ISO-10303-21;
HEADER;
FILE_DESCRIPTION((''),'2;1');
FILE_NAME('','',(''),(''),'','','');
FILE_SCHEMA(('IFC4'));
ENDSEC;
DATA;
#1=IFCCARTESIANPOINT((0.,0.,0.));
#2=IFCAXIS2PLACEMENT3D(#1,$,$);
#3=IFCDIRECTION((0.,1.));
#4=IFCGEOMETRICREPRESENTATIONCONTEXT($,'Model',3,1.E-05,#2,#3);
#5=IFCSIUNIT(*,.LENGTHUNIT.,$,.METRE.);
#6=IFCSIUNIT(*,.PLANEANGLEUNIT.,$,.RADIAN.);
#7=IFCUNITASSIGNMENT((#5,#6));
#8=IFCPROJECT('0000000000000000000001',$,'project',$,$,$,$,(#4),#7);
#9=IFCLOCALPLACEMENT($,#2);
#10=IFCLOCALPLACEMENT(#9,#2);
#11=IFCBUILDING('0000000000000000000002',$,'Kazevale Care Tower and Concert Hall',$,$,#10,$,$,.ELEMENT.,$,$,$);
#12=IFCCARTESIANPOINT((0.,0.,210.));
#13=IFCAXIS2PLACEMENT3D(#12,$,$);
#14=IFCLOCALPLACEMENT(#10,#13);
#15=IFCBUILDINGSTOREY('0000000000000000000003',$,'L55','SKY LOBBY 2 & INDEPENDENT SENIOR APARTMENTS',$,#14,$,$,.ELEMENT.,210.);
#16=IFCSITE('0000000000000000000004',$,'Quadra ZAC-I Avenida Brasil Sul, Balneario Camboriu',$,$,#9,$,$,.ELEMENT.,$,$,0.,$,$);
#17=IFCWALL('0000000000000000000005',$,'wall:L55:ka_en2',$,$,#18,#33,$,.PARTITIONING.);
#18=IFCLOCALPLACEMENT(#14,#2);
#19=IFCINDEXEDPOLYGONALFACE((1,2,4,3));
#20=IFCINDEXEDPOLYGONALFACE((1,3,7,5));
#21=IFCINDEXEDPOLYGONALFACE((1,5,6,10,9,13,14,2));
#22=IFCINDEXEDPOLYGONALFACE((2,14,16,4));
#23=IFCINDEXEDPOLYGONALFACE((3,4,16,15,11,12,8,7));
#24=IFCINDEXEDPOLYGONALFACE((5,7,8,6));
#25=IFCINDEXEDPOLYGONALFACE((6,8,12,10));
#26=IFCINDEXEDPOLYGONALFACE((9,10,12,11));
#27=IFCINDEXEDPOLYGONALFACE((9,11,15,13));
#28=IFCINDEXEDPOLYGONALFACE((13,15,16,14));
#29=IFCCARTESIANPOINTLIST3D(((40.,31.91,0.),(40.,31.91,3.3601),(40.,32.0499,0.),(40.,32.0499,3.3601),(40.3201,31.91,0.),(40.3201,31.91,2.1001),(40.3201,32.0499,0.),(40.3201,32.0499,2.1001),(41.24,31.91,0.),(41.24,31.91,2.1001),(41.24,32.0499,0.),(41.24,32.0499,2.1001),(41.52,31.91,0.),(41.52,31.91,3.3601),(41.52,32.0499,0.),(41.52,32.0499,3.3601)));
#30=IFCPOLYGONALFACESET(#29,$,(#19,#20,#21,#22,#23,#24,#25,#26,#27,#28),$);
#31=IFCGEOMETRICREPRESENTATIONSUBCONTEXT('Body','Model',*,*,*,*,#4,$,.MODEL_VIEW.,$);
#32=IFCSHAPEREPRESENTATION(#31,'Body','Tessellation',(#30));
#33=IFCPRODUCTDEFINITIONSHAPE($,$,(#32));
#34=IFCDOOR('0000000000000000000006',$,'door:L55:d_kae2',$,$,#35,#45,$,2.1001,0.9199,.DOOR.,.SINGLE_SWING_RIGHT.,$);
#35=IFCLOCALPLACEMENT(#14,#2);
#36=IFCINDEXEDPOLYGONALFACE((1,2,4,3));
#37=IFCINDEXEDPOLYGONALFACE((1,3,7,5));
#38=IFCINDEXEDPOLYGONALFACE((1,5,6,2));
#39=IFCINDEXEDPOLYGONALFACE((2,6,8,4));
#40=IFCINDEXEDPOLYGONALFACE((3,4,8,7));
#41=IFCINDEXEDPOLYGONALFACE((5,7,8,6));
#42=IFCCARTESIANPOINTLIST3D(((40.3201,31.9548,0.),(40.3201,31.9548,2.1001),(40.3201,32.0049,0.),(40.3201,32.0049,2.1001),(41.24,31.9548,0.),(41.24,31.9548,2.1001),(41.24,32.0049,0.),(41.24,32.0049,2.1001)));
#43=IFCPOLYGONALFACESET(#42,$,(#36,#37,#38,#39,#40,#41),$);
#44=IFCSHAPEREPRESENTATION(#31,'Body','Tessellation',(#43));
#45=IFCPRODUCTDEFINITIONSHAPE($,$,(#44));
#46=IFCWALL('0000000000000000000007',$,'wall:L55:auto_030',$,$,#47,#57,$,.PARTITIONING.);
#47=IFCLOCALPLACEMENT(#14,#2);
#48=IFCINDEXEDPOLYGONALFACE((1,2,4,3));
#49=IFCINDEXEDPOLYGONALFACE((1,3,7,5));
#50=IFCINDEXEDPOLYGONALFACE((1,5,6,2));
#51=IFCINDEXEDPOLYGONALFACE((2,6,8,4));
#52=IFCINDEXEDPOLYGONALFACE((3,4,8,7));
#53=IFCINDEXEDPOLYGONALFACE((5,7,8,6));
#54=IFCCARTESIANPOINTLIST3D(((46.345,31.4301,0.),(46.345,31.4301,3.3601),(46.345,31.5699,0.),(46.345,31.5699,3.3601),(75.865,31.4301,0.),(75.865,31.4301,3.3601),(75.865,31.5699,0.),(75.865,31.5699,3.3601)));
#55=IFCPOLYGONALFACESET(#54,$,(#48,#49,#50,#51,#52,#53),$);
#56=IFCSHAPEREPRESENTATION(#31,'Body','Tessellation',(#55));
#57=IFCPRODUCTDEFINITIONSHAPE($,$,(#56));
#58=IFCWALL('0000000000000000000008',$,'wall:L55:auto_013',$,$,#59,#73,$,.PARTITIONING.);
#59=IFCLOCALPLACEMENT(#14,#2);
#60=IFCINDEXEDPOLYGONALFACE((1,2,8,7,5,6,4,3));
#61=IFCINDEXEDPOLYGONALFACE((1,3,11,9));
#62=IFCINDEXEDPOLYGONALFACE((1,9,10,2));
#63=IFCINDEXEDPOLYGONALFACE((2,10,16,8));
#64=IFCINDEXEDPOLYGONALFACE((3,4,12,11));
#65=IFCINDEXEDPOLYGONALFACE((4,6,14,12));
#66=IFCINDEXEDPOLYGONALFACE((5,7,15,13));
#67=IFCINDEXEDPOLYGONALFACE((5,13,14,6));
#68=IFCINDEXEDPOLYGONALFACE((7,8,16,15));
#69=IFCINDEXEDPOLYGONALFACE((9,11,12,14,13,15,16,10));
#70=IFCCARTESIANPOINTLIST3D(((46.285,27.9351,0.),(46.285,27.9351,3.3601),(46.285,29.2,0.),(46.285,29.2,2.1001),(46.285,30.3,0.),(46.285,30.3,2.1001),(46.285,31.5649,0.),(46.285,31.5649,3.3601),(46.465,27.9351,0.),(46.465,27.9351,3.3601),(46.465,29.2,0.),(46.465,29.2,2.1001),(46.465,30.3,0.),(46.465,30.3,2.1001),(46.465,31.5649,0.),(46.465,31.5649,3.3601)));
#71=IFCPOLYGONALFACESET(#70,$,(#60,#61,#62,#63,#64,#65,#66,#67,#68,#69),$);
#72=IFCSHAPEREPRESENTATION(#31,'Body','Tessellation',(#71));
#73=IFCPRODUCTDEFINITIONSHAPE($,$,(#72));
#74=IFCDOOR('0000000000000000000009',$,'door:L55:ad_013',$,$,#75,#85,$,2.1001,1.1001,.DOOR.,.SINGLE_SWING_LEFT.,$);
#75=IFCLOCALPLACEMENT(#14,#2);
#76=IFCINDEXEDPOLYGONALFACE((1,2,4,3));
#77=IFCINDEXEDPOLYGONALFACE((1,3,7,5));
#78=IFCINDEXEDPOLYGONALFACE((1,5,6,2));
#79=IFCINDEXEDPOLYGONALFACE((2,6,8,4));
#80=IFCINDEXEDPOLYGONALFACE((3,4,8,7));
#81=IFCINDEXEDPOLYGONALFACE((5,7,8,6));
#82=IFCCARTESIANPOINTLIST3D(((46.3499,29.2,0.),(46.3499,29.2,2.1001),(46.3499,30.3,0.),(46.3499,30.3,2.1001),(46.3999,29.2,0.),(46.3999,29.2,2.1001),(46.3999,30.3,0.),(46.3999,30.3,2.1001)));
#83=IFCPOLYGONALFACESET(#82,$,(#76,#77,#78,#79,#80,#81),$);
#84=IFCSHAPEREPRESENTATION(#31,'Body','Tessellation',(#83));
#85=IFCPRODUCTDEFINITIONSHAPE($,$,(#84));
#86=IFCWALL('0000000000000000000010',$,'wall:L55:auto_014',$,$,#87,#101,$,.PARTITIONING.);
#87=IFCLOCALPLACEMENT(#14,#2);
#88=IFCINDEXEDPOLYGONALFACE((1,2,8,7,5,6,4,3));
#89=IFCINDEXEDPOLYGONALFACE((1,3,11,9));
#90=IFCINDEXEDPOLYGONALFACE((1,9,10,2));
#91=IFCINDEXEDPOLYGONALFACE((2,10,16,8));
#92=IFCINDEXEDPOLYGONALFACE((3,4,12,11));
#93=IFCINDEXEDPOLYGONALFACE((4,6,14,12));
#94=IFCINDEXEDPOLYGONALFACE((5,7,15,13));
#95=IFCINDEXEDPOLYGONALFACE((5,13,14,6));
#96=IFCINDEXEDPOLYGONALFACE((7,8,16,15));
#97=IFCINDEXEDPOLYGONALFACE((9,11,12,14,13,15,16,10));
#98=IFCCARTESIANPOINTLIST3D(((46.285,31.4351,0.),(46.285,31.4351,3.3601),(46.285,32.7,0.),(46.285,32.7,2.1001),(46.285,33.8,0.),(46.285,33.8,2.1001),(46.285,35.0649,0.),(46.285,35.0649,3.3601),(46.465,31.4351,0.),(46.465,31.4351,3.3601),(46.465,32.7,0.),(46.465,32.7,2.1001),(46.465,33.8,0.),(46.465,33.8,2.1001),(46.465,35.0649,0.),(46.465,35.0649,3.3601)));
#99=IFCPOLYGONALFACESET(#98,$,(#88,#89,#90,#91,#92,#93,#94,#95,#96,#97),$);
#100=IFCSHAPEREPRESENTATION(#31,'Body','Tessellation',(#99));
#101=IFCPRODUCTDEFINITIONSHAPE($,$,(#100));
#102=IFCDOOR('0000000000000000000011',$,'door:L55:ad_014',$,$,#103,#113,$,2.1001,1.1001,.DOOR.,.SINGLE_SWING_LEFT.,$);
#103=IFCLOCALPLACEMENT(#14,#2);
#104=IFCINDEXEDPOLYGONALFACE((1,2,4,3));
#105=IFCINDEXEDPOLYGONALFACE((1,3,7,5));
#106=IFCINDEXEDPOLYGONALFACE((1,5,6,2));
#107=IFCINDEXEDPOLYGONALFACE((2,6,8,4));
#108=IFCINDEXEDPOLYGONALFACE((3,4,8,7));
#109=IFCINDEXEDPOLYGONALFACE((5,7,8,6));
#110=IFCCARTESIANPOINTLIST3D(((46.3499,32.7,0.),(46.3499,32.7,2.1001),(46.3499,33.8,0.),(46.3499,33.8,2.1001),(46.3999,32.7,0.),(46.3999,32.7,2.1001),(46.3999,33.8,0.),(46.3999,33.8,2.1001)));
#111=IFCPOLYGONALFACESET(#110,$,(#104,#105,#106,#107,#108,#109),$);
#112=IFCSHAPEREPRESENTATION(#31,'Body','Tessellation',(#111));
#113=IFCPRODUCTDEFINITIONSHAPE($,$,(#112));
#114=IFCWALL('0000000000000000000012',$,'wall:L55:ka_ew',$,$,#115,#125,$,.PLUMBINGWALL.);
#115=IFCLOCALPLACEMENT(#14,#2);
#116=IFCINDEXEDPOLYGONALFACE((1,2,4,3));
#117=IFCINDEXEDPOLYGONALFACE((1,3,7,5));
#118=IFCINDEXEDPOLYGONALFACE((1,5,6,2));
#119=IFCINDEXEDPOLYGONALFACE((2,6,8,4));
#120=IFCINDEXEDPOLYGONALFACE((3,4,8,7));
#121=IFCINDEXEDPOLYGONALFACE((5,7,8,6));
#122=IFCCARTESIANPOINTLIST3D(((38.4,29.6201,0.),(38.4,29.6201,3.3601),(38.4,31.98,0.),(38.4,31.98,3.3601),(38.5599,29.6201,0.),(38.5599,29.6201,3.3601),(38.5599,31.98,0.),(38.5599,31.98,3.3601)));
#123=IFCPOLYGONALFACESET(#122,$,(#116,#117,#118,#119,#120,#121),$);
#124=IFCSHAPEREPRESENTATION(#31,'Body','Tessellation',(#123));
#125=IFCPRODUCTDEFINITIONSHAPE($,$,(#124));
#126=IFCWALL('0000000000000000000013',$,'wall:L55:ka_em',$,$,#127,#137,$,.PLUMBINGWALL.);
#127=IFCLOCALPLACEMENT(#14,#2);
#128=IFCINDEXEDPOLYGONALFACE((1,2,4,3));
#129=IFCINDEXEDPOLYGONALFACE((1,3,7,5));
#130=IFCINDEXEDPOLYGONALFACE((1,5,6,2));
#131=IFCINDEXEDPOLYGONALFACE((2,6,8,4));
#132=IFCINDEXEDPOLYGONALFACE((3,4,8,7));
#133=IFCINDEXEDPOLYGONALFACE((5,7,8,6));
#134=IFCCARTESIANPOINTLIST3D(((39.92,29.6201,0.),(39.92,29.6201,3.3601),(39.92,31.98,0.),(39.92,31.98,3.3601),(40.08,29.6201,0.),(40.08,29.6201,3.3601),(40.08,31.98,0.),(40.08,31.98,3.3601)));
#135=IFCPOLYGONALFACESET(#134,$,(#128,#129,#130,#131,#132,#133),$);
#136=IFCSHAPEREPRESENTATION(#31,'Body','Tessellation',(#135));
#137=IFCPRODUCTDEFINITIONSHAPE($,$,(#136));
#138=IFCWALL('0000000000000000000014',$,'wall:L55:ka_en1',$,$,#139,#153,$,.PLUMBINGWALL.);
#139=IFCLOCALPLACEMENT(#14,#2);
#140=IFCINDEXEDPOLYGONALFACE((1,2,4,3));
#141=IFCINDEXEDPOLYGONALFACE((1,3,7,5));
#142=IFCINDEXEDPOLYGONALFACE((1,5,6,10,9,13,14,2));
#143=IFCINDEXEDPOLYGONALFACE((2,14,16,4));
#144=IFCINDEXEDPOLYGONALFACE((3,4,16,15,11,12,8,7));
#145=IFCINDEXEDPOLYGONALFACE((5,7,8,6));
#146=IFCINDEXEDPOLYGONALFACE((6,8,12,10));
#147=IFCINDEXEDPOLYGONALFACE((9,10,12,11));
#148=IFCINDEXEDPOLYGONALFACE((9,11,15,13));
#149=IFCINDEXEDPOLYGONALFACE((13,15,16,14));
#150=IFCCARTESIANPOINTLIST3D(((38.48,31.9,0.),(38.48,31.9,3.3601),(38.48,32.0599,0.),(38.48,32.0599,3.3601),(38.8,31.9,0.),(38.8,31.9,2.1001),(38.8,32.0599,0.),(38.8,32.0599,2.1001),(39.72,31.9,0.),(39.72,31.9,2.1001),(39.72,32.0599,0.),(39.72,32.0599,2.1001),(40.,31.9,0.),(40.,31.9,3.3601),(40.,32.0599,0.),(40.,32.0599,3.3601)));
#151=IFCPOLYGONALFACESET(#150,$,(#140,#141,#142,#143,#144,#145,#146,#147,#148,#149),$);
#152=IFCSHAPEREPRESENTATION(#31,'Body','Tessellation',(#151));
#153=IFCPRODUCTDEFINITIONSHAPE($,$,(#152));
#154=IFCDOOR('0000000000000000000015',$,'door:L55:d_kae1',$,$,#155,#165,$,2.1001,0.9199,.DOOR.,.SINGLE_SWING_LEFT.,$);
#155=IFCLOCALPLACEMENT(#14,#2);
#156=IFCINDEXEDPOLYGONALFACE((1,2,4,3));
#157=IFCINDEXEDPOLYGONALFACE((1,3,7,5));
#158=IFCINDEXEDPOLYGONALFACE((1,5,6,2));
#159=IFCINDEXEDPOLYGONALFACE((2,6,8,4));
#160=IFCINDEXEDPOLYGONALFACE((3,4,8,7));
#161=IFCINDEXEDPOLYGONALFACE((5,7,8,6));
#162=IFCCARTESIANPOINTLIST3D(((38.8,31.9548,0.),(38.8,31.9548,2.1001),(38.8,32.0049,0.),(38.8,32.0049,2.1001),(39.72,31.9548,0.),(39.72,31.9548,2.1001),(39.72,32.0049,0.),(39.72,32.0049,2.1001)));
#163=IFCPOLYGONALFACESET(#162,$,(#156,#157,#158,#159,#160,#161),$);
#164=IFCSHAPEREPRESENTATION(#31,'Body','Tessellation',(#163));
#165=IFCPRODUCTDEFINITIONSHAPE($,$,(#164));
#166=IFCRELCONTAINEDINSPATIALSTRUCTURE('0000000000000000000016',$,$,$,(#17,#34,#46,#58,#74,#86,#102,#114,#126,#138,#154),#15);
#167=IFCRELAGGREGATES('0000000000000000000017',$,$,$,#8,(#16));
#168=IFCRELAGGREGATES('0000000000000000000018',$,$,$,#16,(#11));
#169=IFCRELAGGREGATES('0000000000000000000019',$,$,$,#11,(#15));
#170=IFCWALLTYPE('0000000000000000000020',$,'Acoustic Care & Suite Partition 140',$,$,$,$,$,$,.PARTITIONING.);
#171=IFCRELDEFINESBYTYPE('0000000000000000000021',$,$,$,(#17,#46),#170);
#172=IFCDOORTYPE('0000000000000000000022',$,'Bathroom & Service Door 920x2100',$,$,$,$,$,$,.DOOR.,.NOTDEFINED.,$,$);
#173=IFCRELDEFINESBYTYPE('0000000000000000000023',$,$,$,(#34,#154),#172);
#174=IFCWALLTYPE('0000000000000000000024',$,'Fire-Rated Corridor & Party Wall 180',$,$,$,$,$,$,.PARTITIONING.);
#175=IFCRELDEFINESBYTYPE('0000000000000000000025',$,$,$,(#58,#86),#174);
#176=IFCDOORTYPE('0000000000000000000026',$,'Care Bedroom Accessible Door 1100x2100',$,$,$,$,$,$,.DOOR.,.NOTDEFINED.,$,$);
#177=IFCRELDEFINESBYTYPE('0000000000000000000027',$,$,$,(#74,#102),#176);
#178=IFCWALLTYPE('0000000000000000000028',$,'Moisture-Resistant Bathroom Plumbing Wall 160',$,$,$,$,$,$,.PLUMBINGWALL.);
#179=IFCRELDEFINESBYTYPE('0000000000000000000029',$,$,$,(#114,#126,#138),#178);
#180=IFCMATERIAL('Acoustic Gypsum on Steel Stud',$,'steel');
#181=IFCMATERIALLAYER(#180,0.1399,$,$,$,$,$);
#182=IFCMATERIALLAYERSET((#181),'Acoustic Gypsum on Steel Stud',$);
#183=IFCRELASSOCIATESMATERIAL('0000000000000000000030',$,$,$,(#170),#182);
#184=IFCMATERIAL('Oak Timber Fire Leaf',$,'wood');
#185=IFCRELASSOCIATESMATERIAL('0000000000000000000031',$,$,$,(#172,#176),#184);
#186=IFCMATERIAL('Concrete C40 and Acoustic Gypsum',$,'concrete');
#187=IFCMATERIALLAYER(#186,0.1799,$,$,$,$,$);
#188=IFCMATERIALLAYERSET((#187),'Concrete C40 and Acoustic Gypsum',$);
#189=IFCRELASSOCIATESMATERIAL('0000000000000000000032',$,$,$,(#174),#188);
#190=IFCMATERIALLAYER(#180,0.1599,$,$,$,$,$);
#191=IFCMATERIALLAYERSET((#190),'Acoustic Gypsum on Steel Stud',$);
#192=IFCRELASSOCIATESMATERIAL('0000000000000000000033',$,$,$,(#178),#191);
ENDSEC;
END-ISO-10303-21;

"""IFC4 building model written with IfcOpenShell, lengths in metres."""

from ifc_helpers import new_model, si_unit, direction, frame, frame_2d, origin, place, context, subcontext, project, spatial, rectangle, extrude, material, layer, layer_set, type_object, element, fill, save


model = new_model("IFC4")

# Units and contexts
model_context = context("Model", 3, precision=1e-05, world=origin(), true_north=direction((0.0, 1.0)))
body_context = subcontext(model_context, "Body", "Model", "MODEL_VIEW")
ifc_project = project(units=[si_unit("LENGTHUNIT", "METRE"), si_unit("PLANEANGLEUNIT", "RADIAN")], contexts=[model_context])

# Site, building, storey
site_placement = place(None, origin())
site = spatial("IfcSite", under=ifc_project, at=site_placement, Name="Quadra ZAC-I Avenida Brasil Sul, Balneario Camboriu", CompositionType="ELEMENT", RefElevation=0.0)
building_placement = place(site_placement, origin())
building = spatial("IfcBuilding", under=site, at=building_placement, Name="Kazevale Care Tower and Concert Hall", CompositionType="ELEMENT")
storey_placement = place(building_placement, frame((0.0, 0.0, 210.0)))
storey = spatial("IfcBuildingStorey", under=building, at=storey_placement, Name="L55", Description="SKY LOBBY 2 & INDEPENDENT SENIOR APARTMENTS", CompositionType="ELEMENT", Elevation=210.0)

# Shared definitions
ifc_material_1 = material(Name="Acoustic Gypsum on Steel Stud", Category="steel")
ifc_layer_1 = layer(ifc_material_1, 0.1399)
ifc_layer_set_1 = layer_set([ifc_layer_1], Name="Acoustic Gypsum on Steel Stud")
wall_type_1 = type_object("IfcWallType", Name="Acoustic Care & Suite Partition 140", PredefinedType="PARTITIONING", material=ifc_layer_set_1)
ifc_material_2 = material(Name="Oak Timber Fire Leaf", Category="wood")
door_type_1 = type_object("IfcDoorType", Name="Bathroom & Service Door 920x2100", OperationType="NOTDEFINED", PredefinedType="DOOR", material=ifc_material_2)

# Wall, opening, door
wall_1_placement = place(storey_placement, frame((40.0, 31.98, 0.0), z_axis=(0.0, 0.0, 1.0), x_axis=(1.0, 0.0, 0.0)))
wall_1 = element("IfcWall", 1, at=wall_1_placement, inside=storey, type_object=wall_type_1, Name="wall:L55:ka_en2", PredefinedType="PARTITIONING", context=body_context, shape_type="SweptSolid", body=[
    extrude(rectangle(XDim=1.52, YDim=0.1399, at=frame_2d((0.76, 0.0))), origin(), (0.0, 0.0, 1.0), 3.3601),
])
opening_1_placement = place(wall_1_placement, frame((0.3201, 0.0, 0.0)))
opening_1 = element("IfcOpeningElement", 2, at=opening_1_placement, cuts=wall_1, PredefinedType="OPENING", context=body_context, shape_type="SweptSolid", body=[
    extrude(rectangle(XDim=0.9199, YDim=2.1001, at=frame_2d((0.46, 1.05))), frame((0.0, 0.0798, 0.0), z_axis=(0.0, -1.0, 0.0), x_axis=(1.0, 0.0, 0.0)), (0.0, 0.0, 1.0), 0.1599),
])
door_1_placement = place(opening_1_placement, origin())
door_1 = element("IfcDoor", 3, at=door_1_placement, inside=storey, type_object=door_type_1, Name="door:L55:d_kae2", OperationType="SINGLE_SWING_RIGHT", OverallHeight=2.1001, OverallWidth=0.9199, PredefinedType="DOOR", context=body_context, shape_type="SweptSolid", body=[
    extrude(rectangle(XDim=0.9199, YDim=2.1001, at=frame_2d((0.46, 1.05))), frame((0.0, 0.0249, 0.0), z_axis=(0.0, -1.0, 0.0), x_axis=(1.0, 0.0, 0.0)), (0.0, 0.0, 1.0), 0.05),
])
fill(opening_1, door_1)

# Wall
wall_2_placement = place(storey_placement, frame((46.345, 31.5, 0.0), z_axis=(0.0, 0.0, 1.0), x_axis=(1.0, 0.0, 0.0)))
element("IfcWall", 4, at=wall_2_placement, inside=storey, type_object=wall_type_1, Name="wall:L55:auto_030", PredefinedType="PARTITIONING", context=body_context, shape_type="SweptSolid", body=[
    extrude(rectangle(XDim=29.52, YDim=0.1399, at=frame_2d((14.76, 0.0))), origin(), (0.0, 0.0, 1.0), 3.3601),
])

# Walls, openings, doors
ifc_material_3 = material(Name="Concrete C40 and Acoustic Gypsum", Category="concrete")
ifc_layer_2 = layer(ifc_material_3, 0.1799)
ifc_layer_set_2 = layer_set([ifc_layer_2], Name="Concrete C40 and Acoustic Gypsum")
wall_type_2 = type_object("IfcWallType", Name="Fire-Rated Corridor & Party Wall 180", PredefinedType="PARTITIONING", material=ifc_layer_set_2)
wall_3_placement = place(storey_placement, frame((46.375, 31.5649, 0.0), z_axis=(0.0, 0.0, 1.0), x_axis=(0.0, -1.0, 0.0)))
wall_3 = element("IfcWall", 5, at=wall_3_placement, inside=storey, type_object=wall_type_2, Name="wall:L55:auto_013", PredefinedType="PARTITIONING", context=body_context, shape_type="SweptSolid", body=[
    extrude(rectangle(XDim=3.6299, YDim=0.1799, at=frame_2d((1.8149, 0.0))), origin(), (0.0, 0.0, 1.0), 3.3601),
])
opening_2_placement = place(wall_3_placement, frame((1.2649, 0.0, 0.0)))
opening_2 = element("IfcOpeningElement", 6, at=opening_2_placement, cuts=wall_3, PredefinedType="OPENING", context=body_context, shape_type="SweptSolid", body=[
    extrude(rectangle(XDim=1.1001, YDim=2.1001, at=frame_2d((0.55, 1.05))), frame((0.0, 0.0999, 0.0), z_axis=(0.0, -1.0, 0.0), x_axis=(1.0, 0.0, 0.0)), (0.0, 0.0, 1.0), 0.2),
])
door_type_2 = type_object("IfcDoorType", Name="Care Bedroom Accessible Door 1100x2100", OperationType="NOTDEFINED", PredefinedType="DOOR", material=ifc_material_2)
door_2_placement = place(opening_2_placement, origin())
door_2 = element("IfcDoor", 7, at=door_2_placement, inside=storey, type_object=door_type_2, Name="door:L55:ad_013", OperationType="SINGLE_SWING_LEFT", OverallHeight=2.1001, OverallWidth=1.1001, PredefinedType="DOOR", context=body_context, shape_type="SweptSolid", body=[
    extrude(rectangle(XDim=1.1001, YDim=2.1001, at=frame_2d((0.55, 1.05))), frame((0.0, 0.0249, 0.0), z_axis=(0.0, -1.0, 0.0), x_axis=(1.0, 0.0, 0.0)), (0.0, 0.0, 1.0), 0.05),
])
fill(opening_2, door_2)
wall_4_placement = place(storey_placement, frame((46.375, 35.0649, 0.0), z_axis=(0.0, 0.0, 1.0), x_axis=(0.0, -1.0, 0.0)))
wall_4 = element("IfcWall", 8, at=wall_4_placement, inside=storey, type_object=wall_type_2, Name="wall:L55:auto_014", PredefinedType="PARTITIONING", context=body_context, shape_type="SweptSolid", body=[
    extrude(rectangle(XDim=3.6299, YDim=0.1799, at=frame_2d((1.8149, 0.0))), origin(), (0.0, 0.0, 1.0), 3.3601),
])
opening_3_placement = place(wall_4_placement, frame((1.2649, 0.0, 0.0)))
opening_3 = element("IfcOpeningElement", 9, at=opening_3_placement, cuts=wall_4, PredefinedType="OPENING", context=body_context, shape_type="SweptSolid", body=[
    extrude(rectangle(XDim=1.1001, YDim=2.1001, at=frame_2d((0.55, 1.05))), frame((0.0, 0.0999, 0.0), z_axis=(0.0, -1.0, 0.0), x_axis=(1.0, 0.0, 0.0)), (0.0, 0.0, 1.0), 0.2),
])
door_3_placement = place(opening_3_placement, origin())
door_3 = element("IfcDoor", 10, at=door_3_placement, inside=storey, type_object=door_type_2, Name="door:L55:ad_014", OperationType="SINGLE_SWING_LEFT", OverallHeight=2.1001, OverallWidth=1.1001, PredefinedType="DOOR", context=body_context, shape_type="SweptSolid", body=[
    extrude(rectangle(XDim=1.1001, YDim=2.1001, at=frame_2d((0.55, 1.05))), frame((0.0, 0.0249, 0.0), z_axis=(0.0, -1.0, 0.0), x_axis=(1.0, 0.0, 0.0)), (0.0, 0.0, 1.0), 0.05),
])
fill(opening_3, door_3)

# Walls
ifc_layer_3 = layer(ifc_material_1, 0.1599)
ifc_layer_set_3 = layer_set([ifc_layer_3], Name="Acoustic Gypsum on Steel Stud")
wall_type_3 = type_object("IfcWallType", Name="Moisture-Resistant Bathroom Plumbing Wall 160", PredefinedType="PLUMBINGWALL", material=ifc_layer_set_3)
for number, where, z_axis, x_axis, name in (
    (11, (38.48, 29.6201, 0.0), (0.0, 0.0, 1.0), (0.0, 1.0, 0.0), "wall:L55:ka_ew"),
    (12, (40.0, 29.6201, 0.0), (0.0, 0.0, 1.0), (0.0, 1.0, 0.0), "wall:L55:ka_em"),
):
    element("IfcWall", number, at=place(storey_placement, frame(where, z_axis=z_axis, x_axis=x_axis)), inside=storey, type_object=wall_type_3, Name=name, PredefinedType="PLUMBINGWALL", context=body_context, shape_type="SweptSolid", body=[
        extrude(rectangle(XDim=2.3599, YDim=0.1599, at=frame_2d((1.1799, 0.0))), origin(), (0.0, 0.0, 1.0), 3.3601),
    ])

# Wall, opening, door
wall_5_placement = place(storey_placement, frame((38.48, 31.98, 0.0), z_axis=(0.0, 0.0, 1.0), x_axis=(1.0, 0.0, 0.0)))
wall_5 = element("IfcWall", 13, at=wall_5_placement, inside=storey, type_object=wall_type_3, Name="wall:L55:ka_en1", PredefinedType="PLUMBINGWALL", context=body_context, shape_type="SweptSolid", body=[
    extrude(rectangle(XDim=1.52, YDim=0.1599, at=frame_2d((0.76, 0.0))), origin(), (0.0, 0.0, 1.0), 3.3601),
])
opening_4_placement = place(wall_5_placement, frame((0.3201, 0.0, 0.0)))
opening_4 = element("IfcOpeningElement", 14, at=opening_4_placement, cuts=wall_5, PredefinedType="OPENING", context=body_context, shape_type="SweptSolid", body=[
    extrude(rectangle(XDim=0.9199, YDim=2.1001, at=frame_2d((0.46, 1.05))), frame((0.0, 0.0898, 0.0), z_axis=(0.0, -1.0, 0.0), x_axis=(1.0, 0.0, 0.0)), (0.0, 0.0, 1.0), 0.1799),
])
door_4_placement = place(opening_4_placement, origin())
door_4 = element("IfcDoor", 15, at=door_4_placement, inside=storey, type_object=door_type_1, Name="door:L55:d_kae1", OperationType="SINGLE_SWING_LEFT", OverallHeight=2.1001, OverallWidth=0.9199, PredefinedType="DOOR", context=body_context, shape_type="SweptSolid", body=[
    extrude(rectangle(XDim=0.9199, YDim=2.1001, at=frame_2d((0.46, 1.05))), frame((0.0, 0.0249, 0.0), z_axis=(0.0, -1.0, 0.0), x_axis=(1.0, 0.0, 0.0)), (0.0, 0.0, 1.0), 0.05),
])
fill(opening_4, door_4)

save(model, "model.ifc")
